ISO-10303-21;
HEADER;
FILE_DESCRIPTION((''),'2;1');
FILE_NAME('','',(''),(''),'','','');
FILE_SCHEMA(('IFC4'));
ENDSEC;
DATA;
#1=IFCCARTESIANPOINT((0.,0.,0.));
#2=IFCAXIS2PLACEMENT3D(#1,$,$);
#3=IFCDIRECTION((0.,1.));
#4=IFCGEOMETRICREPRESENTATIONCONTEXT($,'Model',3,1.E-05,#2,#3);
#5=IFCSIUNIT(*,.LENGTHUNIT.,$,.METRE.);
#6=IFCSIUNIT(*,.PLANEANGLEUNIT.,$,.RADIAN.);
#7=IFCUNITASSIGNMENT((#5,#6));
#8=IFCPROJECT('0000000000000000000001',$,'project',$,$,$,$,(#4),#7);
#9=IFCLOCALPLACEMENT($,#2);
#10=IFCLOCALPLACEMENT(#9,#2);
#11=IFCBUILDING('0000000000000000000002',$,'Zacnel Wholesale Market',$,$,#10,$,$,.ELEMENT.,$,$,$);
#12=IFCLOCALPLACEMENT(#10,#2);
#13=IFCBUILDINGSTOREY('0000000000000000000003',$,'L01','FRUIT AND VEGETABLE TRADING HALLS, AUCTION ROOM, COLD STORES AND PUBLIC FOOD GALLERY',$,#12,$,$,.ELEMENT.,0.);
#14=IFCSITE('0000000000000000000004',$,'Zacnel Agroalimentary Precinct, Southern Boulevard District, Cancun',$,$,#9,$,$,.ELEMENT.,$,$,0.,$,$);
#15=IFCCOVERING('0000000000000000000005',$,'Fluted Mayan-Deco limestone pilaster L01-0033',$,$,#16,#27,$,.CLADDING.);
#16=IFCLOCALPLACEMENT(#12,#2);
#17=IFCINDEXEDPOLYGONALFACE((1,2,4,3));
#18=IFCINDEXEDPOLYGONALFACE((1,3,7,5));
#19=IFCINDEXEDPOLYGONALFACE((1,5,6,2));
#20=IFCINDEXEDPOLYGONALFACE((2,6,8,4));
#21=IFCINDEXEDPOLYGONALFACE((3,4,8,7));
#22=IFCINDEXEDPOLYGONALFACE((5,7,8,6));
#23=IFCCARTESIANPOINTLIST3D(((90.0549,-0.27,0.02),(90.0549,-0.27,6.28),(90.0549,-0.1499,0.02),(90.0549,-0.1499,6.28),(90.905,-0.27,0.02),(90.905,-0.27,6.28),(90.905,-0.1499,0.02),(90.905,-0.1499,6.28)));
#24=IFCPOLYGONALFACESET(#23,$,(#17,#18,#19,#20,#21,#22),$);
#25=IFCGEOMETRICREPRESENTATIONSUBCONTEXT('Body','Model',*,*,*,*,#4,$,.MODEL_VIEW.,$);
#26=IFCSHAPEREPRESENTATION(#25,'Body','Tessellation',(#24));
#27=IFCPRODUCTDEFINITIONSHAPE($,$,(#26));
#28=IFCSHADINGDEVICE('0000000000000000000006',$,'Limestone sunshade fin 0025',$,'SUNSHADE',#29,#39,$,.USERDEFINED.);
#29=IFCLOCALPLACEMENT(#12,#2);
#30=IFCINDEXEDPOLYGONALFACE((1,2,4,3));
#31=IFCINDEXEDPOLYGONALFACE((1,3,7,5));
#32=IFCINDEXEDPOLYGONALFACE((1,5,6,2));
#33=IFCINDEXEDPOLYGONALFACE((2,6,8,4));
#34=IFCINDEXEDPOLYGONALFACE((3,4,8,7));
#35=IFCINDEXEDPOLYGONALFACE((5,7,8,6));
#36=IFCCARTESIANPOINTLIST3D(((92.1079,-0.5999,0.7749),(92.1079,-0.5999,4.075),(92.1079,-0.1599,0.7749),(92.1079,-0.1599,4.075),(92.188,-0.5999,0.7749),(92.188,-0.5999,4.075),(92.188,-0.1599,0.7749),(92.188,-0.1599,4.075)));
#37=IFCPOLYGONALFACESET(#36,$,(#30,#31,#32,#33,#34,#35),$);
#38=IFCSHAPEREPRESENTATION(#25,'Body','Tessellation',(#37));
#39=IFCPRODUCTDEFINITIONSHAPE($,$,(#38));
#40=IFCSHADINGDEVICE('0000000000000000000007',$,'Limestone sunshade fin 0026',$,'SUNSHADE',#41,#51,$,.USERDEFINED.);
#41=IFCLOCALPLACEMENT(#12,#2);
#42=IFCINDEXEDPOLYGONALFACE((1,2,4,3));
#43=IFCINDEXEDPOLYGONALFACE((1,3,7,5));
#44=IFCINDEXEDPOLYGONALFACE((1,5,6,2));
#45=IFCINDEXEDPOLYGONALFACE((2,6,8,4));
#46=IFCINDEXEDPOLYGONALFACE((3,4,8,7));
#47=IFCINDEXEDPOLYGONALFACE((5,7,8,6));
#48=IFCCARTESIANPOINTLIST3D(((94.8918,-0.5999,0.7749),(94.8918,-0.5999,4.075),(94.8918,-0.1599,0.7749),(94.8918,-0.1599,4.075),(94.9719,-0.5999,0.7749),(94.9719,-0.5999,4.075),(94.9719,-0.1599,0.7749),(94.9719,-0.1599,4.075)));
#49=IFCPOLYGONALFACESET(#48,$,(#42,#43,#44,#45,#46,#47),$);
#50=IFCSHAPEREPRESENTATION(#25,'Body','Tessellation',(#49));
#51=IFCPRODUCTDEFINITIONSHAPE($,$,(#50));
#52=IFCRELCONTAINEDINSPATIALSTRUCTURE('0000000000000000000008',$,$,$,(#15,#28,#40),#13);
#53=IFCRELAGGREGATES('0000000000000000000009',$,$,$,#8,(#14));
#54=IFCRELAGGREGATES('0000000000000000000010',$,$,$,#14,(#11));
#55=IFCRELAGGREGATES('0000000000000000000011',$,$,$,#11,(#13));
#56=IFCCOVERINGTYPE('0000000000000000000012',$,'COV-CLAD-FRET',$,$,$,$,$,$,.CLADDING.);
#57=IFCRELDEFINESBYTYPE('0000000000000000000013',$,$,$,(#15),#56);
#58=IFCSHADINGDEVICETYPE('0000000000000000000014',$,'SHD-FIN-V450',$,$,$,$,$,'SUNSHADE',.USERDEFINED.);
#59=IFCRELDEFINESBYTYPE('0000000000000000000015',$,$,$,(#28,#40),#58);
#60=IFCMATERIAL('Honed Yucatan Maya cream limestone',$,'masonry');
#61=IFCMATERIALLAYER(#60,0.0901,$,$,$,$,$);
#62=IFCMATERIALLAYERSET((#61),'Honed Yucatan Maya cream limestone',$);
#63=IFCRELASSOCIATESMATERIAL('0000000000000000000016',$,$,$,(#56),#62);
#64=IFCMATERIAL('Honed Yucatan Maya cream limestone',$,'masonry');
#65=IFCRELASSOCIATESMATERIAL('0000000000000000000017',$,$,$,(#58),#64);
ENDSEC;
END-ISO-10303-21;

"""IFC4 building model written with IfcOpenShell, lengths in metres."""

from ifc_helpers import new_model, si_unit, direction, frame, origin, origin_2d, place, context, subcontext, project, spatial, rectangle, extrude, material, layer, layer_set, type_object, element, save


model = new_model("IFC4")

# Units and contexts
model_context = context("Model", 3, precision=1e-05, world=origin(), true_north=direction((0.0, 1.0)))
body_context = subcontext(model_context, "Body", "Model", "MODEL_VIEW")
ifc_project = project(units=[si_unit("LENGTHUNIT", "METRE"), si_unit("PLANEANGLEUNIT", "RADIAN")], contexts=[model_context])

# Site, building, storey
site_placement = place(None, origin())
site = spatial("IfcSite", under=ifc_project, at=site_placement, Name="Zacnel Agroalimentary Precinct, Southern Boulevard District, Cancun", CompositionType="ELEMENT", RefElevation=0.0)
building_placement = place(site_placement, origin())
building = spatial("IfcBuilding", under=site, at=building_placement, Name="Zacnel Wholesale Market", CompositionType="ELEMENT")
storey_placement = place(building_placement, origin())
storey = spatial("IfcBuildingStorey", under=building, at=storey_placement, Name="L01", Description="FRUIT AND VEGETABLE TRADING HALLS, AUCTION ROOM, COLD STORES AND PUBLIC FOOD GALLERY", CompositionType="ELEMENT", Elevation=0.0)

# Covering
ifc_material_1 = material(Name="Honed Yucatan Maya cream limestone", Category="masonry")
ifc_layer_1 = layer(ifc_material_1, 0.0901)
ifc_layer_set_1 = layer_set([ifc_layer_1], Name="Honed Yucatan Maya cream limestone")
covering_type = type_object("IfcCoveringType", Name="COV-CLAD-FRET", PredefinedType="CLADDING", material=ifc_layer_set_1)
covering_placement = place(storey_placement, frame((90.48, -0.21, 0.02), z_axis=(0.0, 0.0, 1.0), x_axis=(1.0, 0.0, 0.0)))
element("IfcCovering", 1, at=covering_placement, inside=storey, type_object=covering_type, Name="Fluted Mayan-Deco limestone pilaster L01-0033", PredefinedType="CLADDING", context=body_context, shape_type="SweptSolid", body=[
    extrude(rectangle(XDim=0.8501, YDim=0.1201, at=origin_2d()), origin(), (0.0, 0.0, 1.0), 6.26),
])

# Shading devices
ifc_material_2 = material(Name="Honed Yucatan Maya cream limestone", Category="masonry")
shading_device_type = type_object("IfcShadingDeviceType", Name="SHD-FIN-V450", ElementType="SUNSHADE", PredefinedType="USERDEFINED", material=ifc_material_2)
for number, where, z_axis, x_axis, name in (
    (2, (92.1479, -0.3799, 0.7749), (0.0, 0.0, 1.0), (1.0, 0.0, 0.0), "Limestone sunshade fin 0025"),
    (3, (94.9319, -0.3799, 0.7749), (0.0, 0.0, 1.0), (1.0, 0.0, 0.0), "Limestone sunshade fin 0026"),
):
    element("IfcShadingDevice", number, at=place(storey_placement, frame(where, z_axis=z_axis, x_axis=x_axis)), inside=storey, type_object=shading_device_type, Name=name, ObjectType="SUNSHADE", PredefinedType="USERDEFINED", context=body_context, shape_type="SweptSolid", body=[
        extrude(rectangle(XDim=0.0801, YDim=0.4399, at=origin_2d()), origin(), (0.0, 0.0, 1.0), 3.3),
    ])

save(model, "model.ifc")
